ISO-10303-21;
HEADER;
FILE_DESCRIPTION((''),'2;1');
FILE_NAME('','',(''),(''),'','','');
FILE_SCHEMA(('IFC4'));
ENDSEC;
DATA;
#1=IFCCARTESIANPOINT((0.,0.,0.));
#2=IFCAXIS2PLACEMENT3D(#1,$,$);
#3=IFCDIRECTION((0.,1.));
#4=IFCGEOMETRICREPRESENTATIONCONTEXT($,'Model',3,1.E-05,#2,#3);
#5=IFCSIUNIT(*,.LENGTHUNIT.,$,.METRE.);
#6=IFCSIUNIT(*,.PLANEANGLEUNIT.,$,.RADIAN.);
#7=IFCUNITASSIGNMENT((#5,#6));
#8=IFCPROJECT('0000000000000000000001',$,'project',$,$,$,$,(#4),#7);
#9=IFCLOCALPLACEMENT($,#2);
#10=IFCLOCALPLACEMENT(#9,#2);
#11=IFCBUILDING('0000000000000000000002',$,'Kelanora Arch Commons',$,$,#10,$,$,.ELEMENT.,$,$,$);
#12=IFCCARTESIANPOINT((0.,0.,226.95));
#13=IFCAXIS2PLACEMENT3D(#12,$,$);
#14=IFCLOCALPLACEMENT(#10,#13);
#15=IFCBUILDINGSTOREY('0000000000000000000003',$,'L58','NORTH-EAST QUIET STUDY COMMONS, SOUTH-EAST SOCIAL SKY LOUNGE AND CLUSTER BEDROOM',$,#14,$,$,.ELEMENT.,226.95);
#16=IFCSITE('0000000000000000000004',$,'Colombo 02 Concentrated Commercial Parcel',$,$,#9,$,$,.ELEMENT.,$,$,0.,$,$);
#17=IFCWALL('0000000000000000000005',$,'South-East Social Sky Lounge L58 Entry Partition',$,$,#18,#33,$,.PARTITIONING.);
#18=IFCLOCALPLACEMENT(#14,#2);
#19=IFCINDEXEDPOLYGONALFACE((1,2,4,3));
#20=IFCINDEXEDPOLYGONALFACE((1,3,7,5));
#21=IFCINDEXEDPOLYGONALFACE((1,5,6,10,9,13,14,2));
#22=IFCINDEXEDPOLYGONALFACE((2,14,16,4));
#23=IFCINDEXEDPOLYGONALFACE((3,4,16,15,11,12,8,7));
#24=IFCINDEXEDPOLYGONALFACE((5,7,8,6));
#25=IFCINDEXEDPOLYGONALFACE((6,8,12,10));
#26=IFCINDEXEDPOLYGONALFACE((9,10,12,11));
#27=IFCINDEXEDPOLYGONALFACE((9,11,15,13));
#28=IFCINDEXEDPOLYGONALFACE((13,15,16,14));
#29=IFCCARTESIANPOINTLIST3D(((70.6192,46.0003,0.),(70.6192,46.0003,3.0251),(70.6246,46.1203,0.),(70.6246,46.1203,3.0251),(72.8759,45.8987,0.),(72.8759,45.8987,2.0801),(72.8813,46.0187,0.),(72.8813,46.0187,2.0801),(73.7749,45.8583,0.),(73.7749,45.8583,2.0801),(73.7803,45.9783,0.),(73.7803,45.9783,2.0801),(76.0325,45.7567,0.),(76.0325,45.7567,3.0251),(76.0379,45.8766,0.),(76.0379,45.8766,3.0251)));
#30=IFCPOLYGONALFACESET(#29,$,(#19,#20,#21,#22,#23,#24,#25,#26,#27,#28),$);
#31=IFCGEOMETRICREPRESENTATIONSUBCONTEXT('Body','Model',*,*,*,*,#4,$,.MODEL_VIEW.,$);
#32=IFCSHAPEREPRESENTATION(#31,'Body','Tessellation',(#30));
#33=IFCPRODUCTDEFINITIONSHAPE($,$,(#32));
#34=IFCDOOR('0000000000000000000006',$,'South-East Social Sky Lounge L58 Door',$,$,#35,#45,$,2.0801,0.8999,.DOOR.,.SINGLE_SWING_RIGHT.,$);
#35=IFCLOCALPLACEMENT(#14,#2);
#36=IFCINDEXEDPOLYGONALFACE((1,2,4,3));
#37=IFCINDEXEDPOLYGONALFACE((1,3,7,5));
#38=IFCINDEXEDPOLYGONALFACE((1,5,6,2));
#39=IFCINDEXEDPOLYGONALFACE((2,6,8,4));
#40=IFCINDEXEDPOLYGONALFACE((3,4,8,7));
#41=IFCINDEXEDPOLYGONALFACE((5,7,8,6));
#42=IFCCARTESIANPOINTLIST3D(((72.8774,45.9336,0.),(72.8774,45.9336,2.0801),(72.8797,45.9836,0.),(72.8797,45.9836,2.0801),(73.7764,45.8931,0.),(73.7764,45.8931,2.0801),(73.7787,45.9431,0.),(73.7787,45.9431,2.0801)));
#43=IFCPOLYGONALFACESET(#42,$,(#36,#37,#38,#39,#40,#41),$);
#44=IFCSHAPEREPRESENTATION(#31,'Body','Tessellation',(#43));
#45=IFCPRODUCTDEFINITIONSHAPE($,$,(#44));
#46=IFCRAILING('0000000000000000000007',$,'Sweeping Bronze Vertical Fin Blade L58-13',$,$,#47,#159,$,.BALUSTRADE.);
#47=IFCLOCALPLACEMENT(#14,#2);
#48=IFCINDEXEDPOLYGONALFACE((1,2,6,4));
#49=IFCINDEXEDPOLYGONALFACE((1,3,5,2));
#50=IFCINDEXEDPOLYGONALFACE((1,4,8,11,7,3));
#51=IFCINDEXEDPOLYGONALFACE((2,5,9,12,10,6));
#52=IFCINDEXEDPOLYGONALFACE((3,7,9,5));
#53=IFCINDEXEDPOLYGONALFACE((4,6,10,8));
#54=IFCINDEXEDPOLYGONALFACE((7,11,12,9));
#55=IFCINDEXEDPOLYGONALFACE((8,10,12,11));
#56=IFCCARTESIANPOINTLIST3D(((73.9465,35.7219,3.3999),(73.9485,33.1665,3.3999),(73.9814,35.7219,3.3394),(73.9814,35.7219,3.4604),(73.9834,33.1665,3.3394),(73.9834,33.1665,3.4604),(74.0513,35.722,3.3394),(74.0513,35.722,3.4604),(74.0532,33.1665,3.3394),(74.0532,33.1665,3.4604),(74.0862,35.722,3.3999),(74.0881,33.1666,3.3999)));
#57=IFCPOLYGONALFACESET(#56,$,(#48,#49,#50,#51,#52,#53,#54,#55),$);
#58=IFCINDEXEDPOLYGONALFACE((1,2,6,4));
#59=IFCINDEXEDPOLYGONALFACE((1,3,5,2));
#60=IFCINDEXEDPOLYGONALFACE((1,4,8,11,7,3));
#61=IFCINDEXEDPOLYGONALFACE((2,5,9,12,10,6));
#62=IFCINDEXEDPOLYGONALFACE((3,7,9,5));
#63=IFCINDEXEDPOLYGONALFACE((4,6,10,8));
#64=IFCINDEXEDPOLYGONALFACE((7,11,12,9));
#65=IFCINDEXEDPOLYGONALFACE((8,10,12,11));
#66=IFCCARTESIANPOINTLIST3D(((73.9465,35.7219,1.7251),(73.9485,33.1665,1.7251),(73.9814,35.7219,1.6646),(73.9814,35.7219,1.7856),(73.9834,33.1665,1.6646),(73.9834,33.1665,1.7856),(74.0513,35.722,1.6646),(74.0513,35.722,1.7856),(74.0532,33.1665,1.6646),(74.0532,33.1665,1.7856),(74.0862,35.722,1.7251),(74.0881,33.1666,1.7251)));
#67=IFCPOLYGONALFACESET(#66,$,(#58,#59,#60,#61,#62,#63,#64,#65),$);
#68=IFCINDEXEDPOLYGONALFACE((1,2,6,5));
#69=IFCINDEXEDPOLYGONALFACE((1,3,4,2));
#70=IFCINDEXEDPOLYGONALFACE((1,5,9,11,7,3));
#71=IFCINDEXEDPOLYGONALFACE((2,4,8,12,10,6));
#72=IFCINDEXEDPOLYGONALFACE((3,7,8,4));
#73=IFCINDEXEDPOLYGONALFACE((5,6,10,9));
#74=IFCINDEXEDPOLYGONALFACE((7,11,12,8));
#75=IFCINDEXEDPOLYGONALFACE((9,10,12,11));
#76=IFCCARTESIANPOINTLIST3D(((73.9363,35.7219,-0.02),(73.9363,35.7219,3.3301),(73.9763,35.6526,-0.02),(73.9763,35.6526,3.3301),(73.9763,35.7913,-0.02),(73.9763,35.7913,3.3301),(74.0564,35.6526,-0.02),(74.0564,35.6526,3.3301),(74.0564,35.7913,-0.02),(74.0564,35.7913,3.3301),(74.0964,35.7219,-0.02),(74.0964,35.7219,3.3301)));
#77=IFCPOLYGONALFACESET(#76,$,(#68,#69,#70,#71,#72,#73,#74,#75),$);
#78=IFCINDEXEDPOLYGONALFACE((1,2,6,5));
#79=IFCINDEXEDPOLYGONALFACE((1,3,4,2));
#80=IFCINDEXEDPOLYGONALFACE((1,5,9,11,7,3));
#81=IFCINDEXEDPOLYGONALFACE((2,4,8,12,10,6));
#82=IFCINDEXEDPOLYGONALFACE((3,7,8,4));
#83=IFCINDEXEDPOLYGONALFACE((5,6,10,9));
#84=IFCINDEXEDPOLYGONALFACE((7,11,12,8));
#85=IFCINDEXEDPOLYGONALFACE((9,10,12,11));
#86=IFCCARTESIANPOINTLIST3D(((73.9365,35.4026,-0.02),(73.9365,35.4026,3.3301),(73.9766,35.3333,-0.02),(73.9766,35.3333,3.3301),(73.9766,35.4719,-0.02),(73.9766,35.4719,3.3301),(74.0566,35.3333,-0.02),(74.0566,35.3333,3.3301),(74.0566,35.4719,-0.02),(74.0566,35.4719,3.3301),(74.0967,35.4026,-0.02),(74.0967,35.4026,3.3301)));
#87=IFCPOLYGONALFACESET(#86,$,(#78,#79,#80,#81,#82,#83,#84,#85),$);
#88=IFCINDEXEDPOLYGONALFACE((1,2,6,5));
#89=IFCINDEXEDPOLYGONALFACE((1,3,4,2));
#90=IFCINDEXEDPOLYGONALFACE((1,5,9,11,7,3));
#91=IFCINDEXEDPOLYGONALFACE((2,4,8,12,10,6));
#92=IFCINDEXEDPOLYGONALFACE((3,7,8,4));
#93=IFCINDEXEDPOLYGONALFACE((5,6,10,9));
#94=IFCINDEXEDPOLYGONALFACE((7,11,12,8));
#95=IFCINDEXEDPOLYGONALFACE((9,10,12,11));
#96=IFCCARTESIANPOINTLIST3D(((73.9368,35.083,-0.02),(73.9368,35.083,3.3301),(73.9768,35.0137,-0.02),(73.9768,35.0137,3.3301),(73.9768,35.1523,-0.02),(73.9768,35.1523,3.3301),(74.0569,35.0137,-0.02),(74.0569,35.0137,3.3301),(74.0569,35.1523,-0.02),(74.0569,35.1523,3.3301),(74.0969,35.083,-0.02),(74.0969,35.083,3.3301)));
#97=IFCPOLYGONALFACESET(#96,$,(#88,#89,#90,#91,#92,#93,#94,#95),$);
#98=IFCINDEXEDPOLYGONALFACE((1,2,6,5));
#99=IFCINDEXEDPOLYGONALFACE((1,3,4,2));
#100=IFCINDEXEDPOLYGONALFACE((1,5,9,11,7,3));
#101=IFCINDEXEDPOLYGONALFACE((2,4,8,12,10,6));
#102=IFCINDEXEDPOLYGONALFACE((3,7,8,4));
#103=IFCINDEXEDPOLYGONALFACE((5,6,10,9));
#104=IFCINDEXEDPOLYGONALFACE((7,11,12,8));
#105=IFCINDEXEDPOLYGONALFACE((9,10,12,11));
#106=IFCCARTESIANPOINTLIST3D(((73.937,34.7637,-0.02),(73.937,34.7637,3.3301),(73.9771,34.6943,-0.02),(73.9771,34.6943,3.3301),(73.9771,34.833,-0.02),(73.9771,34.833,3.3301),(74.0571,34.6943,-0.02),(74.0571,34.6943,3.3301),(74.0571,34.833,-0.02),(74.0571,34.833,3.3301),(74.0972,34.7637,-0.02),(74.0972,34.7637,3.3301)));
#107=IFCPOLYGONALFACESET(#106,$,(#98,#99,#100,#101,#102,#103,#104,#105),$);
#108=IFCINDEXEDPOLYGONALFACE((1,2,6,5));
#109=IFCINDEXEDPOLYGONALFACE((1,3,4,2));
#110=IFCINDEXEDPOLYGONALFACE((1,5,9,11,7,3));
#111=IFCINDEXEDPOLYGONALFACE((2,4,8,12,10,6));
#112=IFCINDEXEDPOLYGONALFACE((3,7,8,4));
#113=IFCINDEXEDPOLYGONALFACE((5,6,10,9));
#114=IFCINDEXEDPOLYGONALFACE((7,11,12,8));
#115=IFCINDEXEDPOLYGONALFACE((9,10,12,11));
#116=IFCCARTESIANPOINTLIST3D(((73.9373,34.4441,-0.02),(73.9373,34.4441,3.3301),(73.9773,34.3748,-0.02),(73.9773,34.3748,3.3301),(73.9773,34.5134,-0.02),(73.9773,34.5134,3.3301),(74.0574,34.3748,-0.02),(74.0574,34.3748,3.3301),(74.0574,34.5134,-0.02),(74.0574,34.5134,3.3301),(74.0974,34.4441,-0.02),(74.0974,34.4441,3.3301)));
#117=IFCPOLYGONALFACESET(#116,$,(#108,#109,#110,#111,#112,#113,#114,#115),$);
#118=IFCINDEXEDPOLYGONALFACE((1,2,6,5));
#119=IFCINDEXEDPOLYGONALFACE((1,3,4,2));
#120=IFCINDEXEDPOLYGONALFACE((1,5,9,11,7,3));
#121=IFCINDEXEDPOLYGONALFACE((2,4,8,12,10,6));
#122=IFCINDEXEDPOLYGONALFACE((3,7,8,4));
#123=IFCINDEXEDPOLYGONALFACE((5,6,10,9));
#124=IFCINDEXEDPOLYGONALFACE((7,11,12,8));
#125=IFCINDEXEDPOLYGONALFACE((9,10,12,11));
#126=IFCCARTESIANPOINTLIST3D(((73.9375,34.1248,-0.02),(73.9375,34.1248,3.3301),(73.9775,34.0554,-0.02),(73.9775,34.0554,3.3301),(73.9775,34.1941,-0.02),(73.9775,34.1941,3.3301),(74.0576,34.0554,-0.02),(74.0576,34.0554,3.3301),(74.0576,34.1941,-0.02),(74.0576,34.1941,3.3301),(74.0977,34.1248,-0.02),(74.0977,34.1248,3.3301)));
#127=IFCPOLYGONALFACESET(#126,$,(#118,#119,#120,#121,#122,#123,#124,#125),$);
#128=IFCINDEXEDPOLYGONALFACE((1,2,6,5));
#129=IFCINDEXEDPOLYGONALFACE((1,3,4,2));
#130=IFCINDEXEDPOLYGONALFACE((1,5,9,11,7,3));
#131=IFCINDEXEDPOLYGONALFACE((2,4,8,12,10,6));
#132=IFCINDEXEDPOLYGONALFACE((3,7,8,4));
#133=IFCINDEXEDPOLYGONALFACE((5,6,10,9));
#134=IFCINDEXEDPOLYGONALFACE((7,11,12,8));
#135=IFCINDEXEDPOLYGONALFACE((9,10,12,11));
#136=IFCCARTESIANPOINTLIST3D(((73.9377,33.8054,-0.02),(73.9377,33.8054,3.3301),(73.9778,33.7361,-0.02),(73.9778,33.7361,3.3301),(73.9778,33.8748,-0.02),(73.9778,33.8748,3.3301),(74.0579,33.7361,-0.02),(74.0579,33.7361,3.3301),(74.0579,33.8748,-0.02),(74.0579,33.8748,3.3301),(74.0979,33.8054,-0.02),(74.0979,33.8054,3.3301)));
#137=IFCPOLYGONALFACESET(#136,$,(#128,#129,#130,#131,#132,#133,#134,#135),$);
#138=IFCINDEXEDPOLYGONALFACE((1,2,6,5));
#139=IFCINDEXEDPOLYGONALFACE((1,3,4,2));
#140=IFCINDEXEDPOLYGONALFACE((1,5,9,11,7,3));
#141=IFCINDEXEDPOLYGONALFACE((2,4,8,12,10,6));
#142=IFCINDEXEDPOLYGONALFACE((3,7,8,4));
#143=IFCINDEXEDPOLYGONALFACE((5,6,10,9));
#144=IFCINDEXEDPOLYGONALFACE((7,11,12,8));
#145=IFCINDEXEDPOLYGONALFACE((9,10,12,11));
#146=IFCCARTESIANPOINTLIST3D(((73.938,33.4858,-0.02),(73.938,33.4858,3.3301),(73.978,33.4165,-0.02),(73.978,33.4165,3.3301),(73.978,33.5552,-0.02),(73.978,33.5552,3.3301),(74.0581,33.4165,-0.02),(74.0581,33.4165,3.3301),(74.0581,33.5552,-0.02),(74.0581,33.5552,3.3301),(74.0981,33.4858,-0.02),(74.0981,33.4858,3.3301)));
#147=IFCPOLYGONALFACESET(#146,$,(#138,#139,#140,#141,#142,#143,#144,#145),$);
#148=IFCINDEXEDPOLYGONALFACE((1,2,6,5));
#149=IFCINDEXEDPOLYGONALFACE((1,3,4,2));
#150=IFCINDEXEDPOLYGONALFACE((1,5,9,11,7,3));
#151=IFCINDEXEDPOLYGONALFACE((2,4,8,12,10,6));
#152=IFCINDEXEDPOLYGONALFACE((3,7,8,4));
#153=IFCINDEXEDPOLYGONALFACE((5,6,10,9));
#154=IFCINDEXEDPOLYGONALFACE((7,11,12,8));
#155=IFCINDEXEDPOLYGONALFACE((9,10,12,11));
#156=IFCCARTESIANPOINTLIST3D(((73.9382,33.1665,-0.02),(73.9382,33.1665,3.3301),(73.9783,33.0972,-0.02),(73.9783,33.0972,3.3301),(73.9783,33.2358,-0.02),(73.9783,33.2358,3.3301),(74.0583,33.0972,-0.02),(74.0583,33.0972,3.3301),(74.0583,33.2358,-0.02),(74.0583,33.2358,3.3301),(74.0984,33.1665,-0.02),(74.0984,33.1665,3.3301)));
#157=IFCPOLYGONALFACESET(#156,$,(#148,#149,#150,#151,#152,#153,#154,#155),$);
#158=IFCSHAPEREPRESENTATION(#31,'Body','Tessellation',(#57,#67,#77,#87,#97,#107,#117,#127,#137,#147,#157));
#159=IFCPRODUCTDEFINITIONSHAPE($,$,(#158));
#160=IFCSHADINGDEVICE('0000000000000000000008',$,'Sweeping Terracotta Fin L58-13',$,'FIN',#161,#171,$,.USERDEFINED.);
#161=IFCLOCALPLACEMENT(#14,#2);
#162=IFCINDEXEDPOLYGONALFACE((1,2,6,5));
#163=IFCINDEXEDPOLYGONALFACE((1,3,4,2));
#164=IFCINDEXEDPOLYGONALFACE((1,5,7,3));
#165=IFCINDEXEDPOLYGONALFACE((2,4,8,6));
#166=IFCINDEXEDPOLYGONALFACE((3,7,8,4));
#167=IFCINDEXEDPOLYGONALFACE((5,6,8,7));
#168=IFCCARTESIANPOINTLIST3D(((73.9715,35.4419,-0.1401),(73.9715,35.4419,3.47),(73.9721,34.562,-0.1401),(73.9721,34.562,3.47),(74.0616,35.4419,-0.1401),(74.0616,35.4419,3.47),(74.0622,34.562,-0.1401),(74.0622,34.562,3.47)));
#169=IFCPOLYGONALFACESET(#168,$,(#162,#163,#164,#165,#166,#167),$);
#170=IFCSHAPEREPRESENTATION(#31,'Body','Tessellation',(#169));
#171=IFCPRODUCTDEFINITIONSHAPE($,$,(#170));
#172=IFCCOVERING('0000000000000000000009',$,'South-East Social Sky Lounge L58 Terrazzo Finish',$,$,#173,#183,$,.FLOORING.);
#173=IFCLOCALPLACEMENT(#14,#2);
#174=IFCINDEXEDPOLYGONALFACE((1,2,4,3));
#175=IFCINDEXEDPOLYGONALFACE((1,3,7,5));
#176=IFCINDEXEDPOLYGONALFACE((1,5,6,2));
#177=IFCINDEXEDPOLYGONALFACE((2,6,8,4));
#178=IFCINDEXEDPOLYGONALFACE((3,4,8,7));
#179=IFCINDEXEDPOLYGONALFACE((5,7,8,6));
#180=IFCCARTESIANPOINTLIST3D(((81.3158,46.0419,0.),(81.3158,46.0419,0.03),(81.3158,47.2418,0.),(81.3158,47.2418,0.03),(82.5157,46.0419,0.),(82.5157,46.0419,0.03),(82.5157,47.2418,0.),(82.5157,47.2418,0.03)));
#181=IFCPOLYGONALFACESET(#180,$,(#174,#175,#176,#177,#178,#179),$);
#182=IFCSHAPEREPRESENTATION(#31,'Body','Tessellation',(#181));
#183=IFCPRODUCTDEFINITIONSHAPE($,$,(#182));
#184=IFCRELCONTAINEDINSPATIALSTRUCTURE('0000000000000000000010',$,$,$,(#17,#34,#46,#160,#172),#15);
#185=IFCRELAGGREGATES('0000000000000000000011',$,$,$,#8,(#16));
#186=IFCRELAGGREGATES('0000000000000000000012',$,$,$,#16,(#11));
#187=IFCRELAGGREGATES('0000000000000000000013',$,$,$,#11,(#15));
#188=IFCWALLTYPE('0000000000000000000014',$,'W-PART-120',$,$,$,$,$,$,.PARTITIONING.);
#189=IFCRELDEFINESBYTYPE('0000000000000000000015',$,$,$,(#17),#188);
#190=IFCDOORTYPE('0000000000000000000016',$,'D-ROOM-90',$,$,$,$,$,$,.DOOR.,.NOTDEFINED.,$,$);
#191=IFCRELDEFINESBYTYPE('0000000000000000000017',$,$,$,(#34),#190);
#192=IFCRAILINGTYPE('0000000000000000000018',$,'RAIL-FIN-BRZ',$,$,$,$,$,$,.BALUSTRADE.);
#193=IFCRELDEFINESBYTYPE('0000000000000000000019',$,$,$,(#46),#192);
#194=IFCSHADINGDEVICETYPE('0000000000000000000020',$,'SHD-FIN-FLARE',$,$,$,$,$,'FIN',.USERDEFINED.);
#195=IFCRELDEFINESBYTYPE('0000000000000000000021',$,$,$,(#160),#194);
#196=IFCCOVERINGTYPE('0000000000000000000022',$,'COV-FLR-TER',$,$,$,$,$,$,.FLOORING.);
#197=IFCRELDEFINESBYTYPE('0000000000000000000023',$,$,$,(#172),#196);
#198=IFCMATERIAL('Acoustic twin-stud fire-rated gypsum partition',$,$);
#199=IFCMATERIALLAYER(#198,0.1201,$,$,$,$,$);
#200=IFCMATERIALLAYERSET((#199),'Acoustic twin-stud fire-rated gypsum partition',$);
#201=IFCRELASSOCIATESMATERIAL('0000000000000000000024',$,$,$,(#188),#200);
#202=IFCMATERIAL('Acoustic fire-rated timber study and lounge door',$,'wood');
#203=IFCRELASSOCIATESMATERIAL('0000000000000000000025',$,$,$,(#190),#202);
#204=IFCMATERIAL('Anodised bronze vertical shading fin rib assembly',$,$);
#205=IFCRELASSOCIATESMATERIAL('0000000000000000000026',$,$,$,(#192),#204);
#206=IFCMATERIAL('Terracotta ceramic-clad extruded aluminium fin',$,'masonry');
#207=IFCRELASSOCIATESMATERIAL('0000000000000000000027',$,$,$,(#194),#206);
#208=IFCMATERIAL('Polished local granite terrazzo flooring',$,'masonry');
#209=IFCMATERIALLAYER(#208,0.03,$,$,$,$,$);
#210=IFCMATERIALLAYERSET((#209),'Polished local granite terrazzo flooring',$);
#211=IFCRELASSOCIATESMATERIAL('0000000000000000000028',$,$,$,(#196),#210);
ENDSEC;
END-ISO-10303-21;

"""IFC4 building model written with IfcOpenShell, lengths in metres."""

from ifc_helpers import new_model, si_unit, direction, frame, frame_2d, origin, origin_2d, place, context, subcontext, project, spatial, polyline, rectangle, outline, extrude, source, transform, mapped, material, layer, layer_set, type_object, element, fill, save


model = new_model("IFC4")

# Units and contexts
model_context = context("Model", 3, precision=1e-05, world=origin(), true_north=direction((0.0, 1.0)))
body_context = subcontext(model_context, "Body", "Model", "MODEL_VIEW")
ifc_project = project(units=[si_unit("LENGTHUNIT", "METRE"), si_unit("PLANEANGLEUNIT", "RADIAN")], contexts=[model_context])

# Site, building, storey
site_placement = place(None, origin())
site = spatial("IfcSite", under=ifc_project, at=site_placement, Name="Colombo 02 Concentrated Commercial Parcel", CompositionType="ELEMENT", RefElevation=0.0)
building_placement = place(site_placement, origin())
building = spatial("IfcBuilding", under=site, at=building_placement, Name="Kelanora Arch Commons", CompositionType="ELEMENT")
storey_placement = place(building_placement, frame((0.0, 0.0, 226.95)))
storey = spatial("IfcBuildingStorey", under=building, at=storey_placement, Name="L58", Description="NORTH-EAST QUIET STUDY COMMONS, SOUTH-EAST SOCIAL SKY LOUNGE AND CLUSTER BEDROOM", CompositionType="ELEMENT", Elevation=226.95)

# Wall, opening, door
ifc_material_1 = material(Name="Acoustic twin-stud fire-rated gypsum partition")
ifc_layer_1 = layer(ifc_material_1, 0.1201)
ifc_layer_set_1 = layer_set([ifc_layer_1], Name="Acoustic twin-stud fire-rated gypsum partition")
wall_type_1 = type_object("IfcWallType", Name="W-PART-120", PredefinedType="PARTITIONING", material=ifc_layer_set_1)
wall_1_placement = place(storey_placement, frame((70.6218, 46.0603, 0.0), z_axis=(0.0, 0.0, 1.0), x_axis=(0.998989, -0.044964, 0.0)))
wall_1 = element("IfcWall", 1, at=wall_1_placement, inside=storey, type_object=wall_type_1, Name="South-East Social Sky Lounge L58 Entry Partition", PredefinedType="PARTITIONING", context=body_context, shape_type="SweptSolid", body=[
    extrude(rectangle(XDim=5.4187, YDim=0.1201, at=frame_2d((2.7095, 0.0))), origin(), (0.0, 0.0, 1.0), 3.0251),
])
opening_placement = place(wall_1_placement, frame((2.259, 0.0, 0.0)))
opening = element("IfcOpeningElement", 2, at=opening_placement, cuts=wall_1, PredefinedType="OPENING", context=body_context, shape_type="SweptSolid", body=[
    extrude(rectangle(XDim=0.8999, YDim=2.0801, at=frame_2d((0.45, 1.04))), frame((0.0, 0.0701, 0.0), z_axis=(0.0, -1.0, 0.0), x_axis=(1.0, 0.0, 0.0)), (0.0, 0.0, 1.0), 0.1401),
])
ifc_material_2 = material(Name="Acoustic fire-rated timber study and lounge door", Category="wood")
door_type = type_object("IfcDoorType", Name="D-ROOM-90", OperationType="NOTDEFINED", PredefinedType="DOOR", material=ifc_material_2)
door_placement = place(opening_placement, origin())
door = element("IfcDoor", 3, at=door_placement, inside=storey, type_object=door_type, Name="South-East Social Sky Lounge L58 Door", OperationType="SINGLE_SWING_RIGHT", OverallHeight=2.0801, OverallWidth=0.8999, PredefinedType="DOOR", context=body_context, shape_type="SweptSolid", body=[
    extrude(rectangle(XDim=0.8999, YDim=2.0801, at=frame_2d((0.45, 1.04))), frame((0.0, 0.0249, 0.0), z_axis=(0.0, -1.0, 0.0), x_axis=(1.0, 0.0, 0.0)), (0.0, 0.0, 1.0), 0.05),
])
fill(opening, door)

# Railing
ifc_material_3 = material(Name="Anodised bronze vertical shading fin rib assembly")
railing_type = type_object("IfcRailingType", Name="RAIL-FIN-BRZ", PredefinedType="BALUSTRADE", material=ifc_material_3)
railing_placement = place(storey_placement, frame((74.0164, 35.7219, -0.02)))
element("IfcRailing", 4, at=railing_placement, inside=storey, type_object=railing_type, Name="Sweeping Bronze Vertical Fin Blade L58-13", PredefinedType="BALUSTRADE", context=body_context, shape_type="SweptSolid", body=[
    extrude(outline(polyline([(0.0698, 0.0), (0.0349, 0.0605), (-0.0349, 0.0605), (-0.0698, 0.0), (-0.0349, -0.0605), (0.0349, -0.0605), (0.0698, 0.0)])), frame((0.0, 0.0, 3.4199), z_axis=(0.000764, -1.0, 0.0), x_axis=(1.0, 0.000764, 0.0)), (0.0, 0.0, 1.0), 2.5554),
    extrude(outline(polyline([(0.0698, 0.0), (0.0349, 0.0605), (-0.0349, 0.0605), (-0.0698, 0.0), (-0.0349, -0.0605), (0.0349, -0.0605), (0.0698, 0.0)])), frame((0.0, 0.0, 1.7451), z_axis=(0.000764, -1.0, 0.0), x_axis=(1.0, 0.000764, 0.0)), (0.0, 0.0, 1.0), 2.5554),
    extrude(outline(polyline([(0.0801, 0.0), (0.04, 0.0693), (-0.04, 0.0693), (-0.0801, 0.0), (-0.04, -0.0693), (0.04, -0.0693), (0.0801, 0.0)])), origin(), (0.0, 0.0, 1.0), 3.3501),
    extrude(outline(polyline([(0.0801, 0.0), (0.04, 0.0693), (-0.04, 0.0693), (-0.0801, 0.0), (-0.04, -0.0693), (0.04, -0.0693), (0.0801, 0.0)])), frame((0.0002, -0.3193, 0.0)), (0.0, 0.0, 1.0), 3.3501),
    extrude(outline(polyline([(0.0801, 0.0), (0.04, 0.0693), (-0.04, 0.0693), (-0.0801, 0.0), (-0.04, -0.0693), (0.04, -0.0693), (0.0801, 0.0)])), frame((0.0005, -0.6389, 0.0)), (0.0, 0.0, 1.0), 3.3501),
    extrude(outline(polyline([(0.0801, 0.0), (0.04, 0.0693), (-0.04, 0.0693), (-0.0801, 0.0), (-0.04, -0.0693), (0.04, -0.0693), (0.0801, 0.0)])), frame((0.0007, -0.9583, 0.0)), (0.0, 0.0, 1.0), 3.3501),
    extrude(outline(polyline([(0.0801, 0.0), (0.04, 0.0693), (-0.04, 0.0693), (-0.0801, 0.0), (-0.04, -0.0693), (0.04, -0.0693), (0.0801, 0.0)])), frame((0.001, -1.2778, 0.0)), (0.0, 0.0, 1.0), 3.3501),
    extrude(outline(polyline([(0.0801, 0.0), (0.04, 0.0693), (-0.04, 0.0693), (-0.0801, 0.0), (-0.04, -0.0693), (0.04, -0.0693), (0.0801, 0.0)])), frame((0.0012, -1.5972, 0.0)), (0.0, 0.0, 1.0), 3.3501),
    extrude(outline(polyline([(0.0801, 0.0), (0.04, 0.0693), (-0.04, 0.0693), (-0.0801, 0.0), (-0.04, -0.0693), (0.04, -0.0693), (0.0801, 0.0)])), frame((0.0015, -1.9165, 0.0)), (0.0, 0.0, 1.0), 3.3501),
    extrude(outline(polyline([(0.0801, 0.0), (0.04, 0.0693), (-0.04, 0.0693), (-0.0801, 0.0), (-0.04, -0.0693), (0.04, -0.0693), (0.0801, 0.0)])), frame((0.0017, -2.2361, 0.0)), (0.0, 0.0, 1.0), 3.3501),
    extrude(outline(polyline([(0.0801, 0.0), (0.04, 0.0693), (-0.04, 0.0693), (-0.0801, 0.0), (-0.04, -0.0693), (0.04, -0.0693), (0.0801, 0.0)])), frame((0.002, -2.5554, 0.0)), (0.0, 0.0, 1.0), 3.3501),
])

# Shading device
ifc_material_4 = material(Name="Terracotta ceramic-clad extruded aluminium fin", Category="masonry")
shading_device_type = type_object("IfcShadingDeviceType", Name="SHD-FIN-FLARE", ElementType="FIN", PredefinedType="USERDEFINED", material=ifc_material_4)
shared_shape_1 = source(origin(), body_context, "Body", "SweptSolid", [
    extrude(rectangle(XDim=0.8799, YDim=0.0901, at=origin_2d()), origin(), (0.0, 0.0, 1.0), 3.6101),
])
shading_device_placement = place(storey_placement, frame((74.0168, 35.002, -0.1401), z_axis=(0.0, 0.0, 1.0), x_axis=(0.000698, -1.0, 0.0)))
element("IfcShadingDevice", 5, at=shading_device_placement, inside=storey, type_object=shading_device_type, Name="Sweeping Terracotta Fin L58-13", ObjectType="FIN", PredefinedType="USERDEFINED", context=body_context, shape_type="MappedRepresentation", body=[
    mapped(shared_shape_1, transform((0.0, 0.0, 0.0), scale=1.0)),
])

# Covering
ifc_material_5 = material(Name="Polished local granite terrazzo flooring", Category="masonry")
ifc_layer_2 = layer(ifc_material_5, 0.03)
ifc_layer_set_2 = layer_set([ifc_layer_2], Name="Polished local granite terrazzo flooring")
covering_type = type_object("IfcCoveringType", Name="COV-FLR-TER", PredefinedType="FLOORING", material=ifc_layer_set_2)
shared_shape_2 = source(origin(), body_context, "Body", "SweptSolid", [
    extrude(rectangle(XDim=1.2, YDim=1.2, at=origin_2d()), origin(), (0.0, 0.0, 1.0), 0.03),
])
covering_placement = place(storey_placement, frame((81.9158, 46.6418, 0.0), z_axis=(0.0, 0.0, 1.0), x_axis=(1.0, 0.0, 0.0)))
element("IfcCovering", 6, at=covering_placement, inside=storey, type_object=covering_type, Name="South-East Social Sky Lounge L58 Terrazzo Finish", PredefinedType="FLOORING", context=body_context, shape_type="MappedRepresentation", body=[
    mapped(shared_shape_2, transform((0.0, 0.0, 0.0), scale=1.0)),
])

save(model, "model.ifc")
